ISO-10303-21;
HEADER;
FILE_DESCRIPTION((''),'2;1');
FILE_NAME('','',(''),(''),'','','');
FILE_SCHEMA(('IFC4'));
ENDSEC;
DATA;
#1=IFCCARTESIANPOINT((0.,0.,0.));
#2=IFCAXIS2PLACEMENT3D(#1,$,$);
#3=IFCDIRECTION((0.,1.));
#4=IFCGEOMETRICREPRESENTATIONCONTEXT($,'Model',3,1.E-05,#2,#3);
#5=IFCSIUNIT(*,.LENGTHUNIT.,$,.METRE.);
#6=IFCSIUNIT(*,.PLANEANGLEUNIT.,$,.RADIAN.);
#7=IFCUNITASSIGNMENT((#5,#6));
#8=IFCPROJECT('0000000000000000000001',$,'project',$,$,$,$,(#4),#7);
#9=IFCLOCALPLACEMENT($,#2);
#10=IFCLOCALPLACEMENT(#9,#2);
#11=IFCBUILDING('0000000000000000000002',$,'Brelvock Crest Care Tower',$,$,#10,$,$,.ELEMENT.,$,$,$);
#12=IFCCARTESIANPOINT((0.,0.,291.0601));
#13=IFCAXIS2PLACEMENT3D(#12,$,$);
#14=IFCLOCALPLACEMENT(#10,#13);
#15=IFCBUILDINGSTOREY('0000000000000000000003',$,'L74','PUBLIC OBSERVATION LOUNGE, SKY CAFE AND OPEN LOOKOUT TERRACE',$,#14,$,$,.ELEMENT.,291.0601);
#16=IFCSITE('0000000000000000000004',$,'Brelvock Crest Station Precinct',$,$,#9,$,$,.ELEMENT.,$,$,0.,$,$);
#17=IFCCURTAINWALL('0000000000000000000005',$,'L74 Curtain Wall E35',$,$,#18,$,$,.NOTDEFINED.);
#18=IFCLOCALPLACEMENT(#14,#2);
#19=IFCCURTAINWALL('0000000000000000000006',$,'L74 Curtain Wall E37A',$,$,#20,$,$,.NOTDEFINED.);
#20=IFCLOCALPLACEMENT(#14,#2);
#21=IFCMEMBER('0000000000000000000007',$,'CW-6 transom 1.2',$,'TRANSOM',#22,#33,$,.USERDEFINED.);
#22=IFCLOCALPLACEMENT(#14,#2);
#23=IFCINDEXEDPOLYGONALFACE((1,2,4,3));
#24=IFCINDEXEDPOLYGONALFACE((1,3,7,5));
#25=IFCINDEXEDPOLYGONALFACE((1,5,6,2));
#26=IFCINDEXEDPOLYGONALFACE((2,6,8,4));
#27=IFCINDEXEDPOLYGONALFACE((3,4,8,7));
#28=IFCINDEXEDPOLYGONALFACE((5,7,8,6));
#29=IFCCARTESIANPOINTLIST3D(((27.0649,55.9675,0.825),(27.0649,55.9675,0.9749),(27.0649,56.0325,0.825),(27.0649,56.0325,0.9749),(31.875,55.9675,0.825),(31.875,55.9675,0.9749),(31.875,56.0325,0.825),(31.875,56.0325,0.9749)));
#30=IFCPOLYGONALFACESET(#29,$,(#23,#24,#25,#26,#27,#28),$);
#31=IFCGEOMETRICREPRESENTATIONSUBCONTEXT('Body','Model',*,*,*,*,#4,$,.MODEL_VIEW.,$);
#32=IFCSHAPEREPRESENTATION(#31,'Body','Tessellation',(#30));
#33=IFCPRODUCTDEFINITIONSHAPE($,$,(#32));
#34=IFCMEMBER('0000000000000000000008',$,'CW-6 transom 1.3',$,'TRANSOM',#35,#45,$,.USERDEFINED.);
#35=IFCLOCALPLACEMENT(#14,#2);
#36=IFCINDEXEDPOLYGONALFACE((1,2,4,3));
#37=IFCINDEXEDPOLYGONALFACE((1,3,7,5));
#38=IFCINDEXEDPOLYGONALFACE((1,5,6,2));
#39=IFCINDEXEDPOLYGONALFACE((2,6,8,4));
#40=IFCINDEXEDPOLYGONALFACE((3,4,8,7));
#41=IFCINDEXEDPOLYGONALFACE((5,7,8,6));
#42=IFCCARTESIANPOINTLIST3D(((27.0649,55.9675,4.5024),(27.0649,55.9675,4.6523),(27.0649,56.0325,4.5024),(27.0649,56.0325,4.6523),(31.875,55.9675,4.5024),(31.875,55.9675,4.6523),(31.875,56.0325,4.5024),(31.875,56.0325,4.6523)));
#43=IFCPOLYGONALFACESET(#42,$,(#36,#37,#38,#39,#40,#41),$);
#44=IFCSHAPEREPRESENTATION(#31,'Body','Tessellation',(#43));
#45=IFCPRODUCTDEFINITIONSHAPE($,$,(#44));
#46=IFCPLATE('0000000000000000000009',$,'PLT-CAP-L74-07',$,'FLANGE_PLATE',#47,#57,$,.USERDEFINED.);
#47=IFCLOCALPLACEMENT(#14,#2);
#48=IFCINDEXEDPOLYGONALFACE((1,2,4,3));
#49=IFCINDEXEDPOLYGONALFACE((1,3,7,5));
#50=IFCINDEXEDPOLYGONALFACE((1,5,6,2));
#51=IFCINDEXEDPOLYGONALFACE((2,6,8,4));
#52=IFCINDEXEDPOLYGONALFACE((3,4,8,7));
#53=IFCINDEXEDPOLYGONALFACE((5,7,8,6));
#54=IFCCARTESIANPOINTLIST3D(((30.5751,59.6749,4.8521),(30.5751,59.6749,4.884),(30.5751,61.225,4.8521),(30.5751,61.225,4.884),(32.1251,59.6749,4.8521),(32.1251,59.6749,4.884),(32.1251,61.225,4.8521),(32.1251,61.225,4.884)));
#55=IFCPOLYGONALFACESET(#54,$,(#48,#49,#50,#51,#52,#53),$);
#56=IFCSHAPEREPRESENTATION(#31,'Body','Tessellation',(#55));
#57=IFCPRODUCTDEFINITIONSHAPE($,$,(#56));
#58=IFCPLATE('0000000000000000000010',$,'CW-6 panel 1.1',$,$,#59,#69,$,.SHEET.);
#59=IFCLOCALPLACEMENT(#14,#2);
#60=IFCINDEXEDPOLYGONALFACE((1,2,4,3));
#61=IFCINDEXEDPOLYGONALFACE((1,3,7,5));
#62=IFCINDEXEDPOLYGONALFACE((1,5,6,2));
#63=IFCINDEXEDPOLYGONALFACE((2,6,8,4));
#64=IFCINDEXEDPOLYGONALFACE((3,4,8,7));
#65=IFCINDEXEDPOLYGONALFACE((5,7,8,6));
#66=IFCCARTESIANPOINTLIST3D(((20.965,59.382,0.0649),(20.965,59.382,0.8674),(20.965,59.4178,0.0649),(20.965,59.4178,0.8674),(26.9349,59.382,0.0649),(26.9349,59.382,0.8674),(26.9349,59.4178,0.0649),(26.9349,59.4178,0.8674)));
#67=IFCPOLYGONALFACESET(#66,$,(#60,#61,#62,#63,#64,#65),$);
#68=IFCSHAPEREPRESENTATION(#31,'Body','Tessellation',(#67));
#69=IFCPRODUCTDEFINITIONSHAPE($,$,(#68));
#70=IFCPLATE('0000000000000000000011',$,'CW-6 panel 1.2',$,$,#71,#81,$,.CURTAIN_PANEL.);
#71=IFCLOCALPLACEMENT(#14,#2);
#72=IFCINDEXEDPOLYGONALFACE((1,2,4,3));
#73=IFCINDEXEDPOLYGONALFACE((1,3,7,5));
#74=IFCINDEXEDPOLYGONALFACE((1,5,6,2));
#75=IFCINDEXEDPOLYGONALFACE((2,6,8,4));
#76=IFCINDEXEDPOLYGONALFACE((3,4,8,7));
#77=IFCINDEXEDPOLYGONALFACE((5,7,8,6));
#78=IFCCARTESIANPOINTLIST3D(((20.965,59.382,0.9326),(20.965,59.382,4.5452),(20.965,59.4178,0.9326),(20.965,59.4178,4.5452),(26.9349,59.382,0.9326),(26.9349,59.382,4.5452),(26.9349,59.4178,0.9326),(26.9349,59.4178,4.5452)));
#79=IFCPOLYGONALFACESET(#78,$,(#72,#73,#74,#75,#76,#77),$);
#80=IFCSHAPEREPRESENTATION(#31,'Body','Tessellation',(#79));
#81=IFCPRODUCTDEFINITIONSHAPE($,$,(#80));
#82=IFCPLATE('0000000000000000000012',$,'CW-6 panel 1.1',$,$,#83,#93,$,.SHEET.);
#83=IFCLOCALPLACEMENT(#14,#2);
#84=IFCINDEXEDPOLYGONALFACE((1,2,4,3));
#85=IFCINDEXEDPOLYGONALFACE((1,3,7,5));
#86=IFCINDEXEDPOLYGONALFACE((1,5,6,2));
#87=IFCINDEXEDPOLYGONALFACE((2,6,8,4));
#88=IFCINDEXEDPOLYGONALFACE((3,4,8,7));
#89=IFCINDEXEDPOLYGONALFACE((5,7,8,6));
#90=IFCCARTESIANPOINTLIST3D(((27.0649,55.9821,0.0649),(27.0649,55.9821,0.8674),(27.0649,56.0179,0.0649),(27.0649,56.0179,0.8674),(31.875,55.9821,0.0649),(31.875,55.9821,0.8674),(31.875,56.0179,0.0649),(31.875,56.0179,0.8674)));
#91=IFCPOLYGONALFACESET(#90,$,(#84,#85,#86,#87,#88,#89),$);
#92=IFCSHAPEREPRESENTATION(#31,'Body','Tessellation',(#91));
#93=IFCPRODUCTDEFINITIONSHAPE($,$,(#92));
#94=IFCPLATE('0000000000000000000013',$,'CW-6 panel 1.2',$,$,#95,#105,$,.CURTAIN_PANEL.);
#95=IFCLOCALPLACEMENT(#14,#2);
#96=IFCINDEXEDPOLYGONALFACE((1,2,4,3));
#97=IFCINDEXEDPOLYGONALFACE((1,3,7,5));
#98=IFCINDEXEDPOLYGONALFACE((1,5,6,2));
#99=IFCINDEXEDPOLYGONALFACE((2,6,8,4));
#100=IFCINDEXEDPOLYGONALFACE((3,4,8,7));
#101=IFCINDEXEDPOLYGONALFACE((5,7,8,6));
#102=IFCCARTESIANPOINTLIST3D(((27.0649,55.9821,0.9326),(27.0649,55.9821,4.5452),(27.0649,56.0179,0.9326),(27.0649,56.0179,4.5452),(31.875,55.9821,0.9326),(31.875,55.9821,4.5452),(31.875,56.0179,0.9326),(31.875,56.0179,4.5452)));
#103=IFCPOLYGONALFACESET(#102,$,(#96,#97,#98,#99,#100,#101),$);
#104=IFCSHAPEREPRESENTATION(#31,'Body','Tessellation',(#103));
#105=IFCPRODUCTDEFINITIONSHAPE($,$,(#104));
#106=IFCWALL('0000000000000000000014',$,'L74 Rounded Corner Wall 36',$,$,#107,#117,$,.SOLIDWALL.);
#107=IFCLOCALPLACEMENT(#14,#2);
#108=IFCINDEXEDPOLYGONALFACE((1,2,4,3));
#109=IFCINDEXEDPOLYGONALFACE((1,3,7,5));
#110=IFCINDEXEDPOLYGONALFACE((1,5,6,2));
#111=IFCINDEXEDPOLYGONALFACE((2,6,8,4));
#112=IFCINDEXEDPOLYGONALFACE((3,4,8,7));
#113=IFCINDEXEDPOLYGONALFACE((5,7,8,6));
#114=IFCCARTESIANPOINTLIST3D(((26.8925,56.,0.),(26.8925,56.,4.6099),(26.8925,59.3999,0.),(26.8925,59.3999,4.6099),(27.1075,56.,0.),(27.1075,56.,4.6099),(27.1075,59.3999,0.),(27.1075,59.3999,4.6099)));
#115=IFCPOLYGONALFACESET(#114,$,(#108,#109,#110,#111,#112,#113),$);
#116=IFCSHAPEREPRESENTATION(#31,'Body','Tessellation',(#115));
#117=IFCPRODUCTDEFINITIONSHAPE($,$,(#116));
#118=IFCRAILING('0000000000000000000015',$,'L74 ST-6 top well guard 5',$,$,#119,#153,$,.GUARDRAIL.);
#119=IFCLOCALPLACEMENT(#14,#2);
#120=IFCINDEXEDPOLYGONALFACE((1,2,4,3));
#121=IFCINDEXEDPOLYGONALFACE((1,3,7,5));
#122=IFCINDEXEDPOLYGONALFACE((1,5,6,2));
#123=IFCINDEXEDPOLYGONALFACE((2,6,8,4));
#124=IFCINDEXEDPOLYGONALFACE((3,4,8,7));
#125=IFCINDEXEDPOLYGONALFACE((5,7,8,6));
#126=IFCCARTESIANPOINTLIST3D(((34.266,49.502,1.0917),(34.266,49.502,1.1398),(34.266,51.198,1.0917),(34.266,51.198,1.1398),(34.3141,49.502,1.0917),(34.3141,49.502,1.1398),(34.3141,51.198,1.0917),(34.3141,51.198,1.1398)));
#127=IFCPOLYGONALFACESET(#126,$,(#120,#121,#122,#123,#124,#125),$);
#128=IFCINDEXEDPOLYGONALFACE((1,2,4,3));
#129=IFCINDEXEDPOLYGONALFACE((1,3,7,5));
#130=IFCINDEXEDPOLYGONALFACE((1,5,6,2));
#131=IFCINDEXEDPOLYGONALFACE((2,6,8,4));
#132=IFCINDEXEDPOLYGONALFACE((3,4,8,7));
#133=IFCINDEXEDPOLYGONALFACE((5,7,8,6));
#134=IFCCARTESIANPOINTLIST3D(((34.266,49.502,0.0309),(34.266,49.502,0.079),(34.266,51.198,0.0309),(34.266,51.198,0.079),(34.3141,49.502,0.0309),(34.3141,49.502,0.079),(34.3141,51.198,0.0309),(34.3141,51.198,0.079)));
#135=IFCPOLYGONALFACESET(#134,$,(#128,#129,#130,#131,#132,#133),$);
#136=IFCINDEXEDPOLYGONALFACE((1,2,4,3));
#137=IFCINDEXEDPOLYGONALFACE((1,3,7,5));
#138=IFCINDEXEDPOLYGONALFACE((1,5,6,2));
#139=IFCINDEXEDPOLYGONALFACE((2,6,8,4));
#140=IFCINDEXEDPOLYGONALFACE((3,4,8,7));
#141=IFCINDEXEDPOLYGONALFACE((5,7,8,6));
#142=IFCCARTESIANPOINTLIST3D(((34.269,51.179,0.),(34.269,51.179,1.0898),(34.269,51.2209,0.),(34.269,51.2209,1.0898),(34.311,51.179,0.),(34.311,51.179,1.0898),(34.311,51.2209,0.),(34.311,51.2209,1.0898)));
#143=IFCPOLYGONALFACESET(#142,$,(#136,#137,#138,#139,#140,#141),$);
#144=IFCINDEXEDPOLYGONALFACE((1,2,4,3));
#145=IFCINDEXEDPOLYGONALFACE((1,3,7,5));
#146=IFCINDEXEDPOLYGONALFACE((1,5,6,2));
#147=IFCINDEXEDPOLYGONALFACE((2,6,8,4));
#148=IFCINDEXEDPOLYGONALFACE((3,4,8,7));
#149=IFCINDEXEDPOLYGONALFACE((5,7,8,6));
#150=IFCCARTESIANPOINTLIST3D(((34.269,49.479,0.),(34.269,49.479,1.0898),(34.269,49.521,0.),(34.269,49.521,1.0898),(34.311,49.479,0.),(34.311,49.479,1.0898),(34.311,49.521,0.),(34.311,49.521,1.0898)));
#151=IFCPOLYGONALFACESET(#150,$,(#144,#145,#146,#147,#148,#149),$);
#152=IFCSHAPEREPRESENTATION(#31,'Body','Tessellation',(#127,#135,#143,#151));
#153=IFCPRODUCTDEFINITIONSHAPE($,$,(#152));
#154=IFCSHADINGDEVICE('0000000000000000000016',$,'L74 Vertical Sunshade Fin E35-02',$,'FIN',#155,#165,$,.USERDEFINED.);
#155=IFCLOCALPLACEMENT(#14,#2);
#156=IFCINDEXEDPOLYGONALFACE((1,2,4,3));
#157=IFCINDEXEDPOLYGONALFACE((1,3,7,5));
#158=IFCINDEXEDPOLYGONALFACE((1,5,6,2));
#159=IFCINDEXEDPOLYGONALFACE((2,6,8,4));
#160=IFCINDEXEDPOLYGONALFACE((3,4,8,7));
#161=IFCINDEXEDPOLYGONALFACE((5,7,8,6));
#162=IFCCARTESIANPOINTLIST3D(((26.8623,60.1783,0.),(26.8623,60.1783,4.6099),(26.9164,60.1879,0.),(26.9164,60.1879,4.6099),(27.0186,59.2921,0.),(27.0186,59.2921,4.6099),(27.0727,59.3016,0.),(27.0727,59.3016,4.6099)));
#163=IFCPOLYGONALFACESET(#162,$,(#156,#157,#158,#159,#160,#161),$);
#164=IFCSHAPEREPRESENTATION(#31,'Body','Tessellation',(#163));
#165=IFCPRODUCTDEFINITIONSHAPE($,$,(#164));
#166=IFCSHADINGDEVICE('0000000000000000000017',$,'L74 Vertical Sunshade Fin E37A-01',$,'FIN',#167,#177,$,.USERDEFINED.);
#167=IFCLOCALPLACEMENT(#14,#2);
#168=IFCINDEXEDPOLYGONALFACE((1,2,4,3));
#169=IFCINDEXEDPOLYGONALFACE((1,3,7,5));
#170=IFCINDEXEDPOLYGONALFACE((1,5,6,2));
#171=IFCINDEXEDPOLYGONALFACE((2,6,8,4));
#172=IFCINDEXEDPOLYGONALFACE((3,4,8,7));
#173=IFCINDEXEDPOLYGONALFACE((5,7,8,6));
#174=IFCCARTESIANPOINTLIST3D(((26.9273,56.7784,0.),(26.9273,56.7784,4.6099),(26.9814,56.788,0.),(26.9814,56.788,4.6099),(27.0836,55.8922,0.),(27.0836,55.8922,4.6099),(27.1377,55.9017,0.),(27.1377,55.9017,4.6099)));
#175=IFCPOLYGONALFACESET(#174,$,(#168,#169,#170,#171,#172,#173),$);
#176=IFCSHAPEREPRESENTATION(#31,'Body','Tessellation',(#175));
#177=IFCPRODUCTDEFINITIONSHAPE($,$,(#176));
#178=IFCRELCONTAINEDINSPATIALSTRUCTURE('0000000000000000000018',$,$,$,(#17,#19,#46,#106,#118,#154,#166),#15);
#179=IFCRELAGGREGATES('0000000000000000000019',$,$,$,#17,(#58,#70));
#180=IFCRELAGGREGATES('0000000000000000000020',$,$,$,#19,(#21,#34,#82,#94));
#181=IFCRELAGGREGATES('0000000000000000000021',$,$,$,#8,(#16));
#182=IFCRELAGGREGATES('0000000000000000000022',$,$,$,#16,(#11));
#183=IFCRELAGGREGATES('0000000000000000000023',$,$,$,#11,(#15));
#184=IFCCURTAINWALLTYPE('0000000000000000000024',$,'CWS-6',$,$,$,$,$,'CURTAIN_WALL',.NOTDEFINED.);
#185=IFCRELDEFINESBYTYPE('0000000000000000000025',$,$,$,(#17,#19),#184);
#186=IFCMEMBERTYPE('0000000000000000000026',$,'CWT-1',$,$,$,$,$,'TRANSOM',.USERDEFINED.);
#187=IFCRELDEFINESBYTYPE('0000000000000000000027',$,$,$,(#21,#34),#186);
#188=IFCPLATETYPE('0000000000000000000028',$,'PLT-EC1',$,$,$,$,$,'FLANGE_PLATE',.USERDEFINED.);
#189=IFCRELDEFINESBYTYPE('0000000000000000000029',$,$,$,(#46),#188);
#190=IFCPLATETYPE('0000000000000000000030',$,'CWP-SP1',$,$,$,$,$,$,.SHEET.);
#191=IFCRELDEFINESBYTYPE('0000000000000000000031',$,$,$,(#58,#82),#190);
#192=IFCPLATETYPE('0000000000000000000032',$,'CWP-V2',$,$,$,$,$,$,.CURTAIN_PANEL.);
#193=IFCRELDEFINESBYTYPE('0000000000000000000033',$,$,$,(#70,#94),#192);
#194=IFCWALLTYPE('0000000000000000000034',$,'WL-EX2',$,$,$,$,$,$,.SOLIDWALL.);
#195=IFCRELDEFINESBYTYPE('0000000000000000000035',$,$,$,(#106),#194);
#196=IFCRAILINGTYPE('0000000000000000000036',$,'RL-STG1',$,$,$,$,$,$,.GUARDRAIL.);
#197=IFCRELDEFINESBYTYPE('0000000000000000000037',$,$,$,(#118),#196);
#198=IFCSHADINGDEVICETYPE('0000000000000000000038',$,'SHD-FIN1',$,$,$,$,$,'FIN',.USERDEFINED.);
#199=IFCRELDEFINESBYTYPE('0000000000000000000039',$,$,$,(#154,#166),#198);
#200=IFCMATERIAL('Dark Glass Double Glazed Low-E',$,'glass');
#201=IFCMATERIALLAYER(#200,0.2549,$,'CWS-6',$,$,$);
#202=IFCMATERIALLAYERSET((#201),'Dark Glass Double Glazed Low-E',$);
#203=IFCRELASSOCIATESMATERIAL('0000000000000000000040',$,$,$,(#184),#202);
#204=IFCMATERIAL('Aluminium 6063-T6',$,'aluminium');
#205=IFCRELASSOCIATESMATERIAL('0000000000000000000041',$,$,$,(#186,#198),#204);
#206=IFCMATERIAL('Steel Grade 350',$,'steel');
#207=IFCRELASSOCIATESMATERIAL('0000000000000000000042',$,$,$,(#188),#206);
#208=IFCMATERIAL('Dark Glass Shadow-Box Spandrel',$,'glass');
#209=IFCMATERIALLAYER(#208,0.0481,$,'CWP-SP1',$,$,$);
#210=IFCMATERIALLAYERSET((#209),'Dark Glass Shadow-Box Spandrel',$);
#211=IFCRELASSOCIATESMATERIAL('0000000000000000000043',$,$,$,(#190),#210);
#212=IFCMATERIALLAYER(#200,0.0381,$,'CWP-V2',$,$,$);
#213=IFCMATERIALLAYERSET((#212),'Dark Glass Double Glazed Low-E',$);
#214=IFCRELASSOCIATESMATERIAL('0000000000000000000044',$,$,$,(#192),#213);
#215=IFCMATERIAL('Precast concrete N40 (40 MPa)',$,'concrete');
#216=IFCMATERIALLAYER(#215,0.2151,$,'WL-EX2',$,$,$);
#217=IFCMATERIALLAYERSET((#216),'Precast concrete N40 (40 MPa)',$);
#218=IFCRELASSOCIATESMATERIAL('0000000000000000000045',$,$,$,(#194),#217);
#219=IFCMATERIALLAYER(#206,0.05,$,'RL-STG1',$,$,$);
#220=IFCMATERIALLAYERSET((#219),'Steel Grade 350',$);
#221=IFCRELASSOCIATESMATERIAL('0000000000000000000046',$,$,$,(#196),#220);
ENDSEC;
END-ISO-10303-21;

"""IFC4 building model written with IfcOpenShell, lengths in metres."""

from ifc_helpers import new_model, si_unit, direction, frame, frame_2d, origin, origin_2d, place, context, subcontext, project, spatial, rectangle, extrude, source, transform, mapped, material, layer, layer_set, material_profile, profile_set, type_object, element, aggregate, save


model = new_model("IFC4")

# Units and contexts
model_context = context("Model", 3, precision=1e-05, world=origin(), true_north=direction((0.0, 1.0)))
body_context = subcontext(model_context, "Body", "Model", "MODEL_VIEW")
ifc_project = project(units=[si_unit("LENGTHUNIT", "METRE"), si_unit("PLANEANGLEUNIT", "RADIAN")], contexts=[model_context])

# Site, building, storey
site_placement = place(None, origin())
site = spatial("IfcSite", under=ifc_project, at=site_placement, Name="Brelvock Crest Station Precinct", CompositionType="ELEMENT", RefElevation=0.0)
building_placement = place(site_placement, origin())
building = spatial("IfcBuilding", under=site, at=building_placement, Name="Brelvock Crest Care Tower", CompositionType="ELEMENT")
storey_placement = place(building_placement, frame((0.0, 0.0, 291.0601)))
storey = spatial("IfcBuildingStorey", under=building, at=storey_placement, Name="L74", Description="PUBLIC OBSERVATION LOUNGE, SKY CAFE AND OPEN LOOKOUT TERRACE", CompositionType="ELEMENT", Elevation=291.0601)

# Shared definitions
ifc_material_1 = material(Name="Steel Grade 350", Category="steel")

# Curtain wall
ifc_material_2 = material(Name="Dark Glass Double Glazed Low-E", Category="glass")
ifc_layer_1 = layer(ifc_material_2, 0.2549, Name="CWS-6")
ifc_layer_set_1 = layer_set([ifc_layer_1], Name="Dark Glass Double Glazed Low-E")
curtain_wall_type = type_object("IfcCurtainWallType", Name="CWS-6", ElementType="CURTAIN_WALL", PredefinedType="NOTDEFINED", material=ifc_layer_set_1)
curtain_wall_1_placement = place(storey_placement, origin())
curtain_wall_1 = element("IfcCurtainWall", 1, at=curtain_wall_1_placement, inside=storey, type_object=curtain_wall_type, Name="L74 Curtain Wall E35", PredefinedType="NOTDEFINED")
ifc_material_3 = material(Name="Aluminium 6063-T6", Category="aluminium")

# Curtain wall
curtain_wall_2_placement = place(storey_placement, origin())
curtain_wall_2 = element("IfcCurtainWall", 2, at=curtain_wall_2_placement, inside=storey, type_object=curtain_wall_type, Name="L74 Curtain Wall E37A", PredefinedType="NOTDEFINED")

# Members
ifc_material_profile_1 = material_profile(ifc_material_3, rectangle(XDim=0.0649, YDim=0.1499, at=origin_2d()), Name="ALU65x150")
ifc_profile_set_1 = profile_set([ifc_material_profile_1], Name="Aluminium 6063-T6")
member_type_1 = type_object("IfcMemberType", Name="CWT-1", ElementType="TRANSOM", PredefinedType="USERDEFINED", material=ifc_profile_set_1)
shared_shape_1 = source(origin(), body_context, "Body", "SweptSolid", [
    extrude(rectangle(XDim=0.0649, YDim=0.1499, at=origin_2d()), origin(), (0.0, 0.0, 1.0), 4.8101),
])
member_1_placement = place(storey_placement, frame((27.0649, 56.0, 0.8999), z_axis=(1.0, 0.0, 0.0), x_axis=(0.0, 1.0, 0.0)))
member_1 = element("IfcMember", 3, at=member_1_placement, type_object=member_type_1, Name="CW-6 transom 1.2", ObjectType="TRANSOM", PredefinedType="USERDEFINED", context=body_context, shape_type="MappedRepresentation", body=[
    mapped(shared_shape_1, transform((0.0, 0.0, 0.0), x_axis=(1.0, 0.0, 0.0), y_axis=(0.0, 1.0, 0.0), z_axis=(0.0, 0.0, 1.0), scale=1.0)),
])
member_2_placement = place(storey_placement, frame((27.0649, 56.0, 4.5774), z_axis=(1.0, 0.0, 0.0), x_axis=(0.0, 1.0, 0.0)))
member_2 = element("IfcMember", 4, at=member_2_placement, type_object=member_type_1, Name="CW-6 transom 1.3", ObjectType="TRANSOM", PredefinedType="USERDEFINED", context=body_context, shape_type="MappedRepresentation", body=[
    mapped(shared_shape_1, transform((0.0, 0.0, 0.0), x_axis=(1.0, 0.0, 0.0), y_axis=(0.0, 1.0, 0.0), z_axis=(0.0, 0.0, 1.0), scale=1.0)),
])

# Plates
plate_type_1 = type_object("IfcPlateType", Name="PLT-EC1", ElementType="FLANGE_PLATE", PredefinedType="USERDEFINED", material=ifc_material_1)
shared_shape_2 = source(origin(), body_context, "Body", "SweptSolid", [
    extrude(rectangle(XDim=1.55, YDim=1.55, at=origin_2d()), origin(), (0.0, 0.0, 1.0), 0.032),
])
plate_1_placement = place(storey_placement, frame((31.3501, 60.45, 4.8521), z_axis=(0.0, 0.0, 1.0), x_axis=(1.0, 0.0, 0.0)))
element("IfcPlate", 5, at=plate_1_placement, inside=storey, type_object=plate_type_1, Name="PLT-CAP-L74-07", ObjectType="FLANGE_PLATE", PredefinedType="USERDEFINED", context=body_context, shape_type="MappedRepresentation", body=[
    mapped(shared_shape_2, transform((0.0, 0.0, 0.0), x_axis=(1.0, 0.0, 0.0), y_axis=(0.0, 1.0, 0.0), z_axis=(0.0, 0.0, 1.0), scale=1.0)),
])
ifc_material_4 = material(Name="Dark Glass Shadow-Box Spandrel", Category="glass")
ifc_layer_2 = layer(ifc_material_4, 0.0481, Name="CWP-SP1")
ifc_layer_set_2 = layer_set([ifc_layer_2], Name="Dark Glass Shadow-Box Spandrel")
plate_type_2 = type_object("IfcPlateType", Name="CWP-SP1", PredefinedType="SHEET", material=ifc_layer_set_2)
shared_shape_3 = source(origin(), body_context, "Body", "SweptSolid", [
    extrude(rectangle(XDim=5.97, YDim=0.0359, at=origin_2d()), origin(), (0.0, 0.0, 1.0), 0.8025),
])
plate_2_placement = place(storey_placement, frame((23.95, 59.3999, 0.0649), z_axis=(0.0, 0.0, 1.0), x_axis=(1.0, 0.0, 0.0)))
plate_2 = element("IfcPlate", 6, at=plate_2_placement, type_object=plate_type_2, Name="CW-6 panel 1.1", PredefinedType="SHEET", context=body_context, shape_type="MappedRepresentation", body=[
    mapped(shared_shape_3, transform((0.0, 0.0, 0.0), x_axis=(1.0, 0.0, 0.0), y_axis=(0.0, 1.0, 0.0), z_axis=(0.0, 0.0, 1.0), scale=1.0)),
])
ifc_layer_3 = layer(ifc_material_2, 0.0381, Name="CWP-V2")
ifc_layer_set_3 = layer_set([ifc_layer_3], Name="Dark Glass Double Glazed Low-E")
plate_type_3 = type_object("IfcPlateType", Name="CWP-V2", PredefinedType="CURTAIN_PANEL", material=ifc_layer_set_3)
shared_shape_4 = source(origin(), body_context, "Body", "SweptSolid", [
    extrude(rectangle(XDim=5.97, YDim=0.0359, at=origin_2d()), origin(), (0.0, 0.0, 1.0), 3.6125),
])
plate_3_placement = place(storey_placement, frame((23.95, 59.3999, 0.9326), z_axis=(0.0, 0.0, 1.0), x_axis=(1.0, 0.0, 0.0)))
plate_3 = element("IfcPlate", 7, at=plate_3_placement, type_object=plate_type_3, Name="CW-6 panel 1.2", PredefinedType="CURTAIN_PANEL", context=body_context, shape_type="MappedRepresentation", body=[
    mapped(shared_shape_4, transform((0.0, 0.0, 0.0), x_axis=(1.0, 0.0, 0.0), y_axis=(0.0, 1.0, 0.0), z_axis=(0.0, 0.0, 1.0), scale=1.0)),
])
aggregate(curtain_wall_1, [plate_2, plate_3])
shared_shape_5 = source(origin(), body_context, "Body", "SweptSolid", [
    extrude(rectangle(XDim=4.8101, YDim=0.0359, at=origin_2d()), origin(), (0.0, 0.0, 1.0), 0.8025),
])
plate_4_placement = place(storey_placement, frame((29.47, 56.0, 0.0649), z_axis=(0.0, 0.0, 1.0), x_axis=(1.0, 0.0, 0.0)))
plate_4 = element("IfcPlate", 8, at=plate_4_placement, type_object=plate_type_2, Name="CW-6 panel 1.1", PredefinedType="SHEET", context=body_context, shape_type="MappedRepresentation", body=[
    mapped(shared_shape_5, transform((0.0, 0.0, 0.0), x_axis=(1.0, 0.0, 0.0), y_axis=(0.0, 1.0, 0.0), z_axis=(0.0, 0.0, 1.0), scale=1.0)),
])
shared_shape_6 = source(origin(), body_context, "Body", "SweptSolid", [
    extrude(rectangle(XDim=4.8101, YDim=0.0359, at=origin_2d()), origin(), (0.0, 0.0, 1.0), 3.6125),
])
plate_5_placement = place(storey_placement, frame((29.47, 56.0, 0.9326), z_axis=(0.0, 0.0, 1.0), x_axis=(1.0, 0.0, 0.0)))
plate_5 = element("IfcPlate", 9, at=plate_5_placement, type_object=plate_type_3, Name="CW-6 panel 1.2", PredefinedType="CURTAIN_PANEL", context=body_context, shape_type="MappedRepresentation", body=[
    mapped(shared_shape_6, transform((0.0, 0.0, 0.0), x_axis=(1.0, 0.0, 0.0), y_axis=(0.0, 1.0, 0.0), z_axis=(0.0, 0.0, 1.0), scale=1.0)),
])
aggregate(curtain_wall_2, [member_1, member_2, plate_4, plate_5])

# Shared definitions
ifc_material_5 = material(Name="Precast concrete N40 (40 MPa)", Category="concrete")

# Wall
ifc_layer_4 = layer(ifc_material_5, 0.2151, Name="WL-EX2")
ifc_layer_set_4 = layer_set([ifc_layer_4], Name="Precast concrete N40 (40 MPa)")
wall_type_1 = type_object("IfcWallType", Name="WL-EX2", PredefinedType="SOLIDWALL", material=ifc_layer_set_4)
wall_1_placement = place(storey_placement, frame((27.0, 59.3999, 0.0), z_axis=(0.0, 0.0, 1.0), x_axis=(0.0, -1.0, 0.0)))
element("IfcWall", 10, at=wall_1_placement, inside=storey, type_object=wall_type_1, Name="L74 Rounded Corner Wall 36", PredefinedType="SOLIDWALL", context=body_context, shape_type="SweptSolid", body=[
    extrude(rectangle(XDim=3.3999, YDim=0.2151, at=frame_2d((1.7, 0.0))), origin(), (0.0, 0.0, 1.0), 4.6099),
])

# Railing
ifc_layer_5 = layer(ifc_material_1, 0.05, Name="RL-STG1")
ifc_layer_set_5 = layer_set([ifc_layer_5], Name="Steel Grade 350")
railing_type_1 = type_object("IfcRailingType", Name="RL-STG1", PredefinedType="GUARDRAIL", material=ifc_layer_set_5)
railing_1_placement = place(storey_placement, frame((34.29, 51.2, 0.0)))
element("IfcRailing", 11, at=railing_1_placement, inside=storey, type_object=railing_type_1, Name="L74 ST-6 top well guard 5", PredefinedType="GUARDRAIL", context=body_context, shape_type="SweptSolid", body=[
    extrude(rectangle(XDim=0.0481, YDim=0.0481, at=origin_2d()), frame((0.0, -0.002, 1.1157), z_axis=(0.0, -1.0, 0.0), x_axis=(1.0, 0.0, 0.0)), (0.0, 0.0, 1.0), 1.696),
    extrude(rectangle(XDim=0.0481, YDim=0.0481, at=origin_2d()), frame((0.0, -0.002, 0.0549), z_axis=(0.0, -1.0, 0.0), x_axis=(1.0, 0.0, 0.0)), (0.0, 0.0, 1.0), 1.696),
    extrude(rectangle(XDim=0.042, YDim=0.042, at=origin_2d()), origin(), (0.0, 0.0, 1.0), 1.0898),
    extrude(rectangle(XDim=0.042, YDim=0.042, at=origin_2d()), frame((0.0, -1.7, 0.0)), (0.0, 0.0, 1.0), 1.0898),
])

# Shading devices
ifc_material_profile_2 = material_profile(ifc_material_3, rectangle(XDim=0.0549, YDim=0.8999, at=origin_2d()), Name="FIN55x900")
ifc_profile_set_2 = profile_set([ifc_material_profile_2], Name="Aluminium 6063-T6")
shading_device_type = type_object("IfcShadingDeviceType", Name="SHD-FIN1", ElementType="FIN", PredefinedType="USERDEFINED", material=ifc_profile_set_2)
shared_shape_7 = source(origin(), body_context, "Body", "SweptSolid", [
    extrude(rectangle(XDim=0.0549, YDim=0.8999, at=origin_2d()), origin(), (0.0, 0.0, 1.0), 4.6099),
])
for number, where, z_axis, x_axis, name in (
    (12, (26.9675, 59.74, 0.0), (0.0, 0.0, 1.0), (0.984808, 0.173648, 0.0), "L74 Vertical Sunshade Fin E35-02"),
    (13, (27.0325, 56.3401, 0.0), (0.0, 0.0, 1.0), (0.984808, 0.173648, 0.0), "L74 Vertical Sunshade Fin E37A-01"),
):
    element("IfcShadingDevice", number, at=place(storey_placement, frame(where, z_axis=z_axis, x_axis=x_axis)), inside=storey, type_object=shading_device_type, Name=name, ObjectType="FIN", PredefinedType="USERDEFINED", context=body_context, shape_type="MappedRepresentation", body=[
        mapped(shared_shape_7, transform((0.0, 0.0, 0.0), x_axis=(1.0, 0.0, 0.0), y_axis=(0.0, 1.0, 0.0), z_axis=(0.0, 0.0, 1.0), scale=1.0)),
    ])

save(model, "model.ifc")
